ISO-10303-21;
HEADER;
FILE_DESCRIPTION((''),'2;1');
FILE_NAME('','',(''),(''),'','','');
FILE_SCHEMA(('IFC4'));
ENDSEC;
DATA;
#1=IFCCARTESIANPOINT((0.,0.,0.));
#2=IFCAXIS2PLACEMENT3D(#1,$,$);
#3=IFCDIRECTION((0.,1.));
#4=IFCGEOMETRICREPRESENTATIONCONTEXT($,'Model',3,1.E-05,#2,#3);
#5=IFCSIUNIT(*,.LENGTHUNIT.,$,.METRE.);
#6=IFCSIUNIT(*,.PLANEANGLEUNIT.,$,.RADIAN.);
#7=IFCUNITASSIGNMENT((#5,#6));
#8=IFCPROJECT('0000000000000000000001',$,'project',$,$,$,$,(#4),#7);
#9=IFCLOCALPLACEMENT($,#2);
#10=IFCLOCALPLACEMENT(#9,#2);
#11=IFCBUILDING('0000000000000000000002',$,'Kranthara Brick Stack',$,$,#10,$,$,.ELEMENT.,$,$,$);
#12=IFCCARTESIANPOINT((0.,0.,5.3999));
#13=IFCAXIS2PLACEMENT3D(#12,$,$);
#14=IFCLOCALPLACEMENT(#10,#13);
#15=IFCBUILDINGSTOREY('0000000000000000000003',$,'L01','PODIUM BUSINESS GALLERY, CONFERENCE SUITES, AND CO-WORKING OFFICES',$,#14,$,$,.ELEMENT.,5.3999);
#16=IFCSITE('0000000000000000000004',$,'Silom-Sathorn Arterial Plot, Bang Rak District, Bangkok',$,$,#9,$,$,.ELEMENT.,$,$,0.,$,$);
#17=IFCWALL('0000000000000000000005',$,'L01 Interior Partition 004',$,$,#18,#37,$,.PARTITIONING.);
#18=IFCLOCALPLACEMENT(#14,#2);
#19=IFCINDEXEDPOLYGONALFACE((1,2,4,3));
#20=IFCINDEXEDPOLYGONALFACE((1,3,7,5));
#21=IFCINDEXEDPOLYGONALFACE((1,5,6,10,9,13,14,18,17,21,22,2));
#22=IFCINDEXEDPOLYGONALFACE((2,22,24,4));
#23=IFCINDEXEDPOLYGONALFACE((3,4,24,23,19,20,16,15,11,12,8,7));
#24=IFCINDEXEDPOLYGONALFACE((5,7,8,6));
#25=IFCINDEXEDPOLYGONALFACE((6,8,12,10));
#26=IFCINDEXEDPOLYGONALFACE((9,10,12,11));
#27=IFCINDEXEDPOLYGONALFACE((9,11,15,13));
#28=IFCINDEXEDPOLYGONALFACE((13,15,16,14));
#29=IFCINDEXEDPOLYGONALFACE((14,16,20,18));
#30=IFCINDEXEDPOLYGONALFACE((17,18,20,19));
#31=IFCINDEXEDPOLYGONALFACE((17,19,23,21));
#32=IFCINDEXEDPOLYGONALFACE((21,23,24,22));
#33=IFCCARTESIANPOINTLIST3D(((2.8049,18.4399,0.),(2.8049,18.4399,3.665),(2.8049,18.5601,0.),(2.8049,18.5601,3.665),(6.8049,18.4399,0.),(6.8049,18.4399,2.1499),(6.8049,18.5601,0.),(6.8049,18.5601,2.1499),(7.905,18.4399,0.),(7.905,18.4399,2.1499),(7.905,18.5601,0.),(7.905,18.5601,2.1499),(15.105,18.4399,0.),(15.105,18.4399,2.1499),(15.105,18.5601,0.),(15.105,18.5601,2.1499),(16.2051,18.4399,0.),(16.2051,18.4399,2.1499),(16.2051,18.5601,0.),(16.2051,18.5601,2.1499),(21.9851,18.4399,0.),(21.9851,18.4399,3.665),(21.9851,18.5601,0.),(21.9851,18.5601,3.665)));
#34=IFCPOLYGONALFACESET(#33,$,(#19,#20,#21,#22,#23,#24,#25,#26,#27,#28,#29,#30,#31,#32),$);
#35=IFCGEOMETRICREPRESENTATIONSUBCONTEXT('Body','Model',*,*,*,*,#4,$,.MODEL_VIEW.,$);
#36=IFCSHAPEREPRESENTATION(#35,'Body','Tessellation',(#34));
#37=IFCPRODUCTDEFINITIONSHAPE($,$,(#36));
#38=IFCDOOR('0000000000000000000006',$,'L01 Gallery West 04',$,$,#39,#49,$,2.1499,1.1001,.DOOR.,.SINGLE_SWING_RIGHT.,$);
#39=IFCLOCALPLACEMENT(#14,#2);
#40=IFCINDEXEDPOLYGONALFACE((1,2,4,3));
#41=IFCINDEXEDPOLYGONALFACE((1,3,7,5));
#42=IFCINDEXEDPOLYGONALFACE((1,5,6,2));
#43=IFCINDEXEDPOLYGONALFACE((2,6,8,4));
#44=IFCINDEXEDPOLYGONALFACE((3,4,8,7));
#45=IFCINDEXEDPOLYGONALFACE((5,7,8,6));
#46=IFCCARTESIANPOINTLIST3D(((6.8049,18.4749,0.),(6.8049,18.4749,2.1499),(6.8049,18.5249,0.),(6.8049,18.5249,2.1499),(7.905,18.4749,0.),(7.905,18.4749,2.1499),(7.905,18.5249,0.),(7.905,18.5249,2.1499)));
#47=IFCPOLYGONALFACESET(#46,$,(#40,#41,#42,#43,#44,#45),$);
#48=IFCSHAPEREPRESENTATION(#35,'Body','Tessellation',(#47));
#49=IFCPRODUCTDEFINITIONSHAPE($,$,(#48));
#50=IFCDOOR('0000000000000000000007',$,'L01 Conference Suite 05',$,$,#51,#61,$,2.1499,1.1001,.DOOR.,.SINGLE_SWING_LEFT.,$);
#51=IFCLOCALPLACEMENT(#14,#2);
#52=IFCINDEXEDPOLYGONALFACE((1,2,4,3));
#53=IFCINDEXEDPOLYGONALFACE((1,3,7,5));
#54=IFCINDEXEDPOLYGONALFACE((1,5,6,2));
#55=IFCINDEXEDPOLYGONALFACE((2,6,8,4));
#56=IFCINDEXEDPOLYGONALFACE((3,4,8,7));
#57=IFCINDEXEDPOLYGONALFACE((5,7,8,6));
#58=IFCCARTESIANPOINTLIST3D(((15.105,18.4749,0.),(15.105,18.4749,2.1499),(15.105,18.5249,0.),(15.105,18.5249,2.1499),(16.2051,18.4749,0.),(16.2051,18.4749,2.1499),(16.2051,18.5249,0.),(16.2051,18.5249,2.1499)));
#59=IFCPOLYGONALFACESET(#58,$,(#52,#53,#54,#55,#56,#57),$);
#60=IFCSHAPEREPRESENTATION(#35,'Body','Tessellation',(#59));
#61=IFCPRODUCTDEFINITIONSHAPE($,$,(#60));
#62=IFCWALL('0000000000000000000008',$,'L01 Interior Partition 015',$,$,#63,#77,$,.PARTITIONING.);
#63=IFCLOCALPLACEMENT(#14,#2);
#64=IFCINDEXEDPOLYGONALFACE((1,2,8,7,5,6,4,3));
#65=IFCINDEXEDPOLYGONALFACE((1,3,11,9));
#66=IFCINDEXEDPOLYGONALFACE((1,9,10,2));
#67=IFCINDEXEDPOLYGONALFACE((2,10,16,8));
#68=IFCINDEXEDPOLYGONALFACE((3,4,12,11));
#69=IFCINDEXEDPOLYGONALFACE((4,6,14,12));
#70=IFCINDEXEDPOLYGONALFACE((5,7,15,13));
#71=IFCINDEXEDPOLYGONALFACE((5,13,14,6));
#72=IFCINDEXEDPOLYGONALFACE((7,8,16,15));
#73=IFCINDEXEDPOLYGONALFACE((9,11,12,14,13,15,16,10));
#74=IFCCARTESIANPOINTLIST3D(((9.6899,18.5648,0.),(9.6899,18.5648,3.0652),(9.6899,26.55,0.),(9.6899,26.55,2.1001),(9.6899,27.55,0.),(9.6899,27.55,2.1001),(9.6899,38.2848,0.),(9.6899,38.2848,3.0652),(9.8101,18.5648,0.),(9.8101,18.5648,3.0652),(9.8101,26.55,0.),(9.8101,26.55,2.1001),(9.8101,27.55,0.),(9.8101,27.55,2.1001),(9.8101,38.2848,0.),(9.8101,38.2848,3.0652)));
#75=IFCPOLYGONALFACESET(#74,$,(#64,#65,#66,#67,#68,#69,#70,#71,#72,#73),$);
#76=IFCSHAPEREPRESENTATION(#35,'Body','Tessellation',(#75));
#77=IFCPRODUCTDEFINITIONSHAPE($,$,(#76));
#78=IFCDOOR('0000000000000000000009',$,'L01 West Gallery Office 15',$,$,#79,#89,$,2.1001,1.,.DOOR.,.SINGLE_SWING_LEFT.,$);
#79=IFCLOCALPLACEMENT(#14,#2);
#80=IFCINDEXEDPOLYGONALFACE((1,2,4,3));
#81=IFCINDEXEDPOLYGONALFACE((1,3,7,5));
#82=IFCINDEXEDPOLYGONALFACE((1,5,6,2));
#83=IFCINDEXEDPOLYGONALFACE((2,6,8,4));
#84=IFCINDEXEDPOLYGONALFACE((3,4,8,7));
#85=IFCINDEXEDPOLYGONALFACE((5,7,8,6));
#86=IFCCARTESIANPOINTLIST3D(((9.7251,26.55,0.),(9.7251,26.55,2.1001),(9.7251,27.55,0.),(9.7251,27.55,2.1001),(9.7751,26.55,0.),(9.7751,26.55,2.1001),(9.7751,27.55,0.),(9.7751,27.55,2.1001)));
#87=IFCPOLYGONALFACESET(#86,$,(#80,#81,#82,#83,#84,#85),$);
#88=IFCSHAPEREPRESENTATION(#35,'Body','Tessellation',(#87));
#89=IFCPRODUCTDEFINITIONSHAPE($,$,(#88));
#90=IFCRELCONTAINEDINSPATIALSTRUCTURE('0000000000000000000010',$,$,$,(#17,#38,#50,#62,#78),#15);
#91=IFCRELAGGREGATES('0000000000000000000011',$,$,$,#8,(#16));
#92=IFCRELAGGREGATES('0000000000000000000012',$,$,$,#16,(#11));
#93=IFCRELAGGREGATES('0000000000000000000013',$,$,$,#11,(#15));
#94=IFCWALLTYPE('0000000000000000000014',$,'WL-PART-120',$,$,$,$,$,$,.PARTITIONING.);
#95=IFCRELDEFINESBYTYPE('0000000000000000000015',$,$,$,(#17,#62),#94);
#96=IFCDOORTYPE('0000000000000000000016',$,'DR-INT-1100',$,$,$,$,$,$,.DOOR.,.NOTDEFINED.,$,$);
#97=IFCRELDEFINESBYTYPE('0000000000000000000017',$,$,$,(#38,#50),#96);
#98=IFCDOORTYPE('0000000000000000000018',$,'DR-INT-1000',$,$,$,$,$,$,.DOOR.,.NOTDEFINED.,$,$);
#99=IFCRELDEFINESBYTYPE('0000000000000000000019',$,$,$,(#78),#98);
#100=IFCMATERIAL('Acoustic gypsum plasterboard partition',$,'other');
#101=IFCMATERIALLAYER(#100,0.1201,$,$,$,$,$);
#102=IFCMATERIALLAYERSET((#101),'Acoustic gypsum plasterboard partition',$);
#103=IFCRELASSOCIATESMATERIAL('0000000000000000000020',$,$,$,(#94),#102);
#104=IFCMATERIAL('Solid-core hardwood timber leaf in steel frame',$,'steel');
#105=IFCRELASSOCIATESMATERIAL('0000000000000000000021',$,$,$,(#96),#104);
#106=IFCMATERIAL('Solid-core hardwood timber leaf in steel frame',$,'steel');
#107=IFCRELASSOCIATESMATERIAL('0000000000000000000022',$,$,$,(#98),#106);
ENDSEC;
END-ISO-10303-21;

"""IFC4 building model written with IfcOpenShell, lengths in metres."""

from ifc_helpers import new_model, si_unit, direction, frame, frame_2d, origin, place, context, subcontext, project, spatial, rectangle, extrude, material, layer, layer_set, type_object, element, fill, save


model = new_model("IFC4")

# Units and contexts
model_context = context("Model", 3, precision=1e-05, world=origin(), true_north=direction((0.0, 1.0)))
body_context = subcontext(model_context, "Body", "Model", "MODEL_VIEW")
ifc_project = project(units=[si_unit("LENGTHUNIT", "METRE"), si_unit("PLANEANGLEUNIT", "RADIAN")], contexts=[model_context])

# Site, building, storey
site_placement = place(None, origin())
site = spatial("IfcSite", under=ifc_project, at=site_placement, Name="Silom-Sathorn Arterial Plot, Bang Rak District, Bangkok", CompositionType="ELEMENT", RefElevation=0.0)
building_placement = place(site_placement, origin())
building = spatial("IfcBuilding", under=site, at=building_placement, Name="Kranthara Brick Stack", CompositionType="ELEMENT")
storey_placement = place(building_placement, frame((0.0, 0.0, 5.3999)))
storey = spatial("IfcBuildingStorey", under=building, at=storey_placement, Name="L01", Description="PODIUM BUSINESS GALLERY, CONFERENCE SUITES, AND CO-WORKING OFFICES", CompositionType="ELEMENT", Elevation=5.3999)

# Wall, openings, doors
ifc_material_1 = material(Name="Acoustic gypsum plasterboard partition", Category="other")
ifc_layer_1 = layer(ifc_material_1, 0.1201)
ifc_layer_set_1 = layer_set([ifc_layer_1], Name="Acoustic gypsum plasterboard partition")
wall_type_1 = type_object("IfcWallType", Name="WL-PART-120", PredefinedType="PARTITIONING", material=ifc_layer_set_1)
wall_1_placement = place(storey_placement, frame((2.8049, 18.5, 0.0), z_axis=(0.0, 0.0, 1.0), x_axis=(1.0, 0.0, 0.0)))
wall_1 = element("IfcWall", 1, at=wall_1_placement, inside=storey, type_object=wall_type_1, Name="L01 Interior Partition 004", PredefinedType="PARTITIONING", context=body_context, shape_type="SweptSolid", body=[
    extrude(rectangle(XDim=19.1802, YDim=0.1201, at=frame_2d((9.5901, 0.0))), origin(), (0.0, 0.0, 1.0), 3.665),
])
opening_1_placement = place(wall_1_placement, frame((4.0, 0.0, 0.0)))
opening_1 = element("IfcOpeningElement", 2, at=opening_1_placement, cuts=wall_1, PredefinedType="OPENING", context=body_context, shape_type="SweptSolid", body=[
    extrude(rectangle(XDim=1.1001, YDim=2.1499, at=frame_2d((0.55, 1.075))), frame((0.0, 0.0701, 0.0), z_axis=(0.0, -1.0, 0.0), x_axis=(1.0, 0.0, 0.0)), (0.0, 0.0, 1.0), 0.1401),
])
opening_2_placement = place(wall_1_placement, frame((12.3, 0.0, 0.0)))
opening_2 = element("IfcOpeningElement", 3, at=opening_2_placement, cuts=wall_1, PredefinedType="OPENING", context=body_context, shape_type="SweptSolid", body=[
    extrude(rectangle(XDim=1.1001, YDim=2.1499, at=frame_2d((0.55, 1.075))), frame((0.0, 0.0701, 0.0), z_axis=(0.0, -1.0, 0.0), x_axis=(1.0, 0.0, 0.0)), (0.0, 0.0, 1.0), 0.1401),
])
ifc_material_2 = material(Name="Solid-core hardwood timber leaf in steel frame", Category="steel")
door_type_1 = type_object("IfcDoorType", Name="DR-INT-1100", OperationType="NOTDEFINED", PredefinedType="DOOR", material=ifc_material_2)
door_1_placement = place(opening_1_placement, origin())
door_1 = element("IfcDoor", 4, at=door_1_placement, inside=storey, type_object=door_type_1, Name="L01 Gallery West 04", OperationType="SINGLE_SWING_RIGHT", OverallHeight=2.1499, OverallWidth=1.1001, PredefinedType="DOOR", context=body_context, shape_type="SweptSolid", body=[
    extrude(rectangle(XDim=1.1001, YDim=2.1499, at=frame_2d((0.55, 1.075))), frame((0.0, 0.0249, 0.0), z_axis=(0.0, -1.0, 0.0), x_axis=(1.0, 0.0, 0.0)), (0.0, 0.0, 1.0), 0.05),
])
fill(opening_1, door_1)
door_2_placement = place(opening_2_placement, origin())
door_2 = element("IfcDoor", 5, at=door_2_placement, inside=storey, type_object=door_type_1, Name="L01 Conference Suite 05", OperationType="SINGLE_SWING_LEFT", OverallHeight=2.1499, OverallWidth=1.1001, PredefinedType="DOOR", context=body_context, shape_type="SweptSolid", body=[
    extrude(rectangle(XDim=1.1001, YDim=2.1499, at=frame_2d((0.55, 1.075))), frame((0.0, 0.0249, 0.0), z_axis=(0.0, -1.0, 0.0), x_axis=(1.0, 0.0, 0.0)), (0.0, 0.0, 1.0), 0.05),
])
fill(opening_2, door_2)

# Wall, opening, door
wall_2_placement = place(storey_placement, frame((9.75, 18.5649, 0.0), z_axis=(0.0, 0.0, 1.0), x_axis=(0.0, 1.0, 0.0)))
wall_2 = element("IfcWall", 6, at=wall_2_placement, inside=storey, type_object=wall_type_1, Name="L01 Interior Partition 015", PredefinedType="PARTITIONING", context=body_context, shape_type="SweptSolid", body=[
    extrude(rectangle(XDim=19.72, YDim=0.1201, at=frame_2d((9.8599, 0.0))), origin(), (0.0, 0.0, 1.0), 3.0652),
])
opening_3_placement = place(wall_2_placement, frame((7.9851, 0.0, 0.0)))
opening_3 = element("IfcOpeningElement", 7, at=opening_3_placement, cuts=wall_2, PredefinedType="OPENING", context=body_context, shape_type="SweptSolid", body=[
    extrude(rectangle(XDim=1.0, YDim=2.1001, at=frame_2d((0.5, 1.05))), frame((0.0, 0.0701, 0.0), z_axis=(0.0, -1.0, 0.0), x_axis=(1.0, 0.0, 0.0)), (0.0, 0.0, 1.0), 0.1401),
])
ifc_material_3 = material(Name="Solid-core hardwood timber leaf in steel frame", Category="steel")
door_type_2 = type_object("IfcDoorType", Name="DR-INT-1000", OperationType="NOTDEFINED", PredefinedType="DOOR", material=ifc_material_3)
door_3_placement = place(opening_3_placement, origin())
door_3 = element("IfcDoor", 8, at=door_3_placement, inside=storey, type_object=door_type_2, Name="L01 West Gallery Office 15", OperationType="SINGLE_SWING_LEFT", OverallHeight=2.1001, OverallWidth=1.0, PredefinedType="DOOR", context=body_context, shape_type="SweptSolid", body=[
    extrude(rectangle(XDim=1.0, YDim=2.1001, at=frame_2d((0.5, 1.05))), frame((0.0, 0.0249, 0.0), z_axis=(0.0, -1.0, 0.0), x_axis=(1.0, 0.0, 0.0)), (0.0, 0.0, 1.0), 0.05),
])
fill(opening_3, door_3)

save(model, "model.ifc")
